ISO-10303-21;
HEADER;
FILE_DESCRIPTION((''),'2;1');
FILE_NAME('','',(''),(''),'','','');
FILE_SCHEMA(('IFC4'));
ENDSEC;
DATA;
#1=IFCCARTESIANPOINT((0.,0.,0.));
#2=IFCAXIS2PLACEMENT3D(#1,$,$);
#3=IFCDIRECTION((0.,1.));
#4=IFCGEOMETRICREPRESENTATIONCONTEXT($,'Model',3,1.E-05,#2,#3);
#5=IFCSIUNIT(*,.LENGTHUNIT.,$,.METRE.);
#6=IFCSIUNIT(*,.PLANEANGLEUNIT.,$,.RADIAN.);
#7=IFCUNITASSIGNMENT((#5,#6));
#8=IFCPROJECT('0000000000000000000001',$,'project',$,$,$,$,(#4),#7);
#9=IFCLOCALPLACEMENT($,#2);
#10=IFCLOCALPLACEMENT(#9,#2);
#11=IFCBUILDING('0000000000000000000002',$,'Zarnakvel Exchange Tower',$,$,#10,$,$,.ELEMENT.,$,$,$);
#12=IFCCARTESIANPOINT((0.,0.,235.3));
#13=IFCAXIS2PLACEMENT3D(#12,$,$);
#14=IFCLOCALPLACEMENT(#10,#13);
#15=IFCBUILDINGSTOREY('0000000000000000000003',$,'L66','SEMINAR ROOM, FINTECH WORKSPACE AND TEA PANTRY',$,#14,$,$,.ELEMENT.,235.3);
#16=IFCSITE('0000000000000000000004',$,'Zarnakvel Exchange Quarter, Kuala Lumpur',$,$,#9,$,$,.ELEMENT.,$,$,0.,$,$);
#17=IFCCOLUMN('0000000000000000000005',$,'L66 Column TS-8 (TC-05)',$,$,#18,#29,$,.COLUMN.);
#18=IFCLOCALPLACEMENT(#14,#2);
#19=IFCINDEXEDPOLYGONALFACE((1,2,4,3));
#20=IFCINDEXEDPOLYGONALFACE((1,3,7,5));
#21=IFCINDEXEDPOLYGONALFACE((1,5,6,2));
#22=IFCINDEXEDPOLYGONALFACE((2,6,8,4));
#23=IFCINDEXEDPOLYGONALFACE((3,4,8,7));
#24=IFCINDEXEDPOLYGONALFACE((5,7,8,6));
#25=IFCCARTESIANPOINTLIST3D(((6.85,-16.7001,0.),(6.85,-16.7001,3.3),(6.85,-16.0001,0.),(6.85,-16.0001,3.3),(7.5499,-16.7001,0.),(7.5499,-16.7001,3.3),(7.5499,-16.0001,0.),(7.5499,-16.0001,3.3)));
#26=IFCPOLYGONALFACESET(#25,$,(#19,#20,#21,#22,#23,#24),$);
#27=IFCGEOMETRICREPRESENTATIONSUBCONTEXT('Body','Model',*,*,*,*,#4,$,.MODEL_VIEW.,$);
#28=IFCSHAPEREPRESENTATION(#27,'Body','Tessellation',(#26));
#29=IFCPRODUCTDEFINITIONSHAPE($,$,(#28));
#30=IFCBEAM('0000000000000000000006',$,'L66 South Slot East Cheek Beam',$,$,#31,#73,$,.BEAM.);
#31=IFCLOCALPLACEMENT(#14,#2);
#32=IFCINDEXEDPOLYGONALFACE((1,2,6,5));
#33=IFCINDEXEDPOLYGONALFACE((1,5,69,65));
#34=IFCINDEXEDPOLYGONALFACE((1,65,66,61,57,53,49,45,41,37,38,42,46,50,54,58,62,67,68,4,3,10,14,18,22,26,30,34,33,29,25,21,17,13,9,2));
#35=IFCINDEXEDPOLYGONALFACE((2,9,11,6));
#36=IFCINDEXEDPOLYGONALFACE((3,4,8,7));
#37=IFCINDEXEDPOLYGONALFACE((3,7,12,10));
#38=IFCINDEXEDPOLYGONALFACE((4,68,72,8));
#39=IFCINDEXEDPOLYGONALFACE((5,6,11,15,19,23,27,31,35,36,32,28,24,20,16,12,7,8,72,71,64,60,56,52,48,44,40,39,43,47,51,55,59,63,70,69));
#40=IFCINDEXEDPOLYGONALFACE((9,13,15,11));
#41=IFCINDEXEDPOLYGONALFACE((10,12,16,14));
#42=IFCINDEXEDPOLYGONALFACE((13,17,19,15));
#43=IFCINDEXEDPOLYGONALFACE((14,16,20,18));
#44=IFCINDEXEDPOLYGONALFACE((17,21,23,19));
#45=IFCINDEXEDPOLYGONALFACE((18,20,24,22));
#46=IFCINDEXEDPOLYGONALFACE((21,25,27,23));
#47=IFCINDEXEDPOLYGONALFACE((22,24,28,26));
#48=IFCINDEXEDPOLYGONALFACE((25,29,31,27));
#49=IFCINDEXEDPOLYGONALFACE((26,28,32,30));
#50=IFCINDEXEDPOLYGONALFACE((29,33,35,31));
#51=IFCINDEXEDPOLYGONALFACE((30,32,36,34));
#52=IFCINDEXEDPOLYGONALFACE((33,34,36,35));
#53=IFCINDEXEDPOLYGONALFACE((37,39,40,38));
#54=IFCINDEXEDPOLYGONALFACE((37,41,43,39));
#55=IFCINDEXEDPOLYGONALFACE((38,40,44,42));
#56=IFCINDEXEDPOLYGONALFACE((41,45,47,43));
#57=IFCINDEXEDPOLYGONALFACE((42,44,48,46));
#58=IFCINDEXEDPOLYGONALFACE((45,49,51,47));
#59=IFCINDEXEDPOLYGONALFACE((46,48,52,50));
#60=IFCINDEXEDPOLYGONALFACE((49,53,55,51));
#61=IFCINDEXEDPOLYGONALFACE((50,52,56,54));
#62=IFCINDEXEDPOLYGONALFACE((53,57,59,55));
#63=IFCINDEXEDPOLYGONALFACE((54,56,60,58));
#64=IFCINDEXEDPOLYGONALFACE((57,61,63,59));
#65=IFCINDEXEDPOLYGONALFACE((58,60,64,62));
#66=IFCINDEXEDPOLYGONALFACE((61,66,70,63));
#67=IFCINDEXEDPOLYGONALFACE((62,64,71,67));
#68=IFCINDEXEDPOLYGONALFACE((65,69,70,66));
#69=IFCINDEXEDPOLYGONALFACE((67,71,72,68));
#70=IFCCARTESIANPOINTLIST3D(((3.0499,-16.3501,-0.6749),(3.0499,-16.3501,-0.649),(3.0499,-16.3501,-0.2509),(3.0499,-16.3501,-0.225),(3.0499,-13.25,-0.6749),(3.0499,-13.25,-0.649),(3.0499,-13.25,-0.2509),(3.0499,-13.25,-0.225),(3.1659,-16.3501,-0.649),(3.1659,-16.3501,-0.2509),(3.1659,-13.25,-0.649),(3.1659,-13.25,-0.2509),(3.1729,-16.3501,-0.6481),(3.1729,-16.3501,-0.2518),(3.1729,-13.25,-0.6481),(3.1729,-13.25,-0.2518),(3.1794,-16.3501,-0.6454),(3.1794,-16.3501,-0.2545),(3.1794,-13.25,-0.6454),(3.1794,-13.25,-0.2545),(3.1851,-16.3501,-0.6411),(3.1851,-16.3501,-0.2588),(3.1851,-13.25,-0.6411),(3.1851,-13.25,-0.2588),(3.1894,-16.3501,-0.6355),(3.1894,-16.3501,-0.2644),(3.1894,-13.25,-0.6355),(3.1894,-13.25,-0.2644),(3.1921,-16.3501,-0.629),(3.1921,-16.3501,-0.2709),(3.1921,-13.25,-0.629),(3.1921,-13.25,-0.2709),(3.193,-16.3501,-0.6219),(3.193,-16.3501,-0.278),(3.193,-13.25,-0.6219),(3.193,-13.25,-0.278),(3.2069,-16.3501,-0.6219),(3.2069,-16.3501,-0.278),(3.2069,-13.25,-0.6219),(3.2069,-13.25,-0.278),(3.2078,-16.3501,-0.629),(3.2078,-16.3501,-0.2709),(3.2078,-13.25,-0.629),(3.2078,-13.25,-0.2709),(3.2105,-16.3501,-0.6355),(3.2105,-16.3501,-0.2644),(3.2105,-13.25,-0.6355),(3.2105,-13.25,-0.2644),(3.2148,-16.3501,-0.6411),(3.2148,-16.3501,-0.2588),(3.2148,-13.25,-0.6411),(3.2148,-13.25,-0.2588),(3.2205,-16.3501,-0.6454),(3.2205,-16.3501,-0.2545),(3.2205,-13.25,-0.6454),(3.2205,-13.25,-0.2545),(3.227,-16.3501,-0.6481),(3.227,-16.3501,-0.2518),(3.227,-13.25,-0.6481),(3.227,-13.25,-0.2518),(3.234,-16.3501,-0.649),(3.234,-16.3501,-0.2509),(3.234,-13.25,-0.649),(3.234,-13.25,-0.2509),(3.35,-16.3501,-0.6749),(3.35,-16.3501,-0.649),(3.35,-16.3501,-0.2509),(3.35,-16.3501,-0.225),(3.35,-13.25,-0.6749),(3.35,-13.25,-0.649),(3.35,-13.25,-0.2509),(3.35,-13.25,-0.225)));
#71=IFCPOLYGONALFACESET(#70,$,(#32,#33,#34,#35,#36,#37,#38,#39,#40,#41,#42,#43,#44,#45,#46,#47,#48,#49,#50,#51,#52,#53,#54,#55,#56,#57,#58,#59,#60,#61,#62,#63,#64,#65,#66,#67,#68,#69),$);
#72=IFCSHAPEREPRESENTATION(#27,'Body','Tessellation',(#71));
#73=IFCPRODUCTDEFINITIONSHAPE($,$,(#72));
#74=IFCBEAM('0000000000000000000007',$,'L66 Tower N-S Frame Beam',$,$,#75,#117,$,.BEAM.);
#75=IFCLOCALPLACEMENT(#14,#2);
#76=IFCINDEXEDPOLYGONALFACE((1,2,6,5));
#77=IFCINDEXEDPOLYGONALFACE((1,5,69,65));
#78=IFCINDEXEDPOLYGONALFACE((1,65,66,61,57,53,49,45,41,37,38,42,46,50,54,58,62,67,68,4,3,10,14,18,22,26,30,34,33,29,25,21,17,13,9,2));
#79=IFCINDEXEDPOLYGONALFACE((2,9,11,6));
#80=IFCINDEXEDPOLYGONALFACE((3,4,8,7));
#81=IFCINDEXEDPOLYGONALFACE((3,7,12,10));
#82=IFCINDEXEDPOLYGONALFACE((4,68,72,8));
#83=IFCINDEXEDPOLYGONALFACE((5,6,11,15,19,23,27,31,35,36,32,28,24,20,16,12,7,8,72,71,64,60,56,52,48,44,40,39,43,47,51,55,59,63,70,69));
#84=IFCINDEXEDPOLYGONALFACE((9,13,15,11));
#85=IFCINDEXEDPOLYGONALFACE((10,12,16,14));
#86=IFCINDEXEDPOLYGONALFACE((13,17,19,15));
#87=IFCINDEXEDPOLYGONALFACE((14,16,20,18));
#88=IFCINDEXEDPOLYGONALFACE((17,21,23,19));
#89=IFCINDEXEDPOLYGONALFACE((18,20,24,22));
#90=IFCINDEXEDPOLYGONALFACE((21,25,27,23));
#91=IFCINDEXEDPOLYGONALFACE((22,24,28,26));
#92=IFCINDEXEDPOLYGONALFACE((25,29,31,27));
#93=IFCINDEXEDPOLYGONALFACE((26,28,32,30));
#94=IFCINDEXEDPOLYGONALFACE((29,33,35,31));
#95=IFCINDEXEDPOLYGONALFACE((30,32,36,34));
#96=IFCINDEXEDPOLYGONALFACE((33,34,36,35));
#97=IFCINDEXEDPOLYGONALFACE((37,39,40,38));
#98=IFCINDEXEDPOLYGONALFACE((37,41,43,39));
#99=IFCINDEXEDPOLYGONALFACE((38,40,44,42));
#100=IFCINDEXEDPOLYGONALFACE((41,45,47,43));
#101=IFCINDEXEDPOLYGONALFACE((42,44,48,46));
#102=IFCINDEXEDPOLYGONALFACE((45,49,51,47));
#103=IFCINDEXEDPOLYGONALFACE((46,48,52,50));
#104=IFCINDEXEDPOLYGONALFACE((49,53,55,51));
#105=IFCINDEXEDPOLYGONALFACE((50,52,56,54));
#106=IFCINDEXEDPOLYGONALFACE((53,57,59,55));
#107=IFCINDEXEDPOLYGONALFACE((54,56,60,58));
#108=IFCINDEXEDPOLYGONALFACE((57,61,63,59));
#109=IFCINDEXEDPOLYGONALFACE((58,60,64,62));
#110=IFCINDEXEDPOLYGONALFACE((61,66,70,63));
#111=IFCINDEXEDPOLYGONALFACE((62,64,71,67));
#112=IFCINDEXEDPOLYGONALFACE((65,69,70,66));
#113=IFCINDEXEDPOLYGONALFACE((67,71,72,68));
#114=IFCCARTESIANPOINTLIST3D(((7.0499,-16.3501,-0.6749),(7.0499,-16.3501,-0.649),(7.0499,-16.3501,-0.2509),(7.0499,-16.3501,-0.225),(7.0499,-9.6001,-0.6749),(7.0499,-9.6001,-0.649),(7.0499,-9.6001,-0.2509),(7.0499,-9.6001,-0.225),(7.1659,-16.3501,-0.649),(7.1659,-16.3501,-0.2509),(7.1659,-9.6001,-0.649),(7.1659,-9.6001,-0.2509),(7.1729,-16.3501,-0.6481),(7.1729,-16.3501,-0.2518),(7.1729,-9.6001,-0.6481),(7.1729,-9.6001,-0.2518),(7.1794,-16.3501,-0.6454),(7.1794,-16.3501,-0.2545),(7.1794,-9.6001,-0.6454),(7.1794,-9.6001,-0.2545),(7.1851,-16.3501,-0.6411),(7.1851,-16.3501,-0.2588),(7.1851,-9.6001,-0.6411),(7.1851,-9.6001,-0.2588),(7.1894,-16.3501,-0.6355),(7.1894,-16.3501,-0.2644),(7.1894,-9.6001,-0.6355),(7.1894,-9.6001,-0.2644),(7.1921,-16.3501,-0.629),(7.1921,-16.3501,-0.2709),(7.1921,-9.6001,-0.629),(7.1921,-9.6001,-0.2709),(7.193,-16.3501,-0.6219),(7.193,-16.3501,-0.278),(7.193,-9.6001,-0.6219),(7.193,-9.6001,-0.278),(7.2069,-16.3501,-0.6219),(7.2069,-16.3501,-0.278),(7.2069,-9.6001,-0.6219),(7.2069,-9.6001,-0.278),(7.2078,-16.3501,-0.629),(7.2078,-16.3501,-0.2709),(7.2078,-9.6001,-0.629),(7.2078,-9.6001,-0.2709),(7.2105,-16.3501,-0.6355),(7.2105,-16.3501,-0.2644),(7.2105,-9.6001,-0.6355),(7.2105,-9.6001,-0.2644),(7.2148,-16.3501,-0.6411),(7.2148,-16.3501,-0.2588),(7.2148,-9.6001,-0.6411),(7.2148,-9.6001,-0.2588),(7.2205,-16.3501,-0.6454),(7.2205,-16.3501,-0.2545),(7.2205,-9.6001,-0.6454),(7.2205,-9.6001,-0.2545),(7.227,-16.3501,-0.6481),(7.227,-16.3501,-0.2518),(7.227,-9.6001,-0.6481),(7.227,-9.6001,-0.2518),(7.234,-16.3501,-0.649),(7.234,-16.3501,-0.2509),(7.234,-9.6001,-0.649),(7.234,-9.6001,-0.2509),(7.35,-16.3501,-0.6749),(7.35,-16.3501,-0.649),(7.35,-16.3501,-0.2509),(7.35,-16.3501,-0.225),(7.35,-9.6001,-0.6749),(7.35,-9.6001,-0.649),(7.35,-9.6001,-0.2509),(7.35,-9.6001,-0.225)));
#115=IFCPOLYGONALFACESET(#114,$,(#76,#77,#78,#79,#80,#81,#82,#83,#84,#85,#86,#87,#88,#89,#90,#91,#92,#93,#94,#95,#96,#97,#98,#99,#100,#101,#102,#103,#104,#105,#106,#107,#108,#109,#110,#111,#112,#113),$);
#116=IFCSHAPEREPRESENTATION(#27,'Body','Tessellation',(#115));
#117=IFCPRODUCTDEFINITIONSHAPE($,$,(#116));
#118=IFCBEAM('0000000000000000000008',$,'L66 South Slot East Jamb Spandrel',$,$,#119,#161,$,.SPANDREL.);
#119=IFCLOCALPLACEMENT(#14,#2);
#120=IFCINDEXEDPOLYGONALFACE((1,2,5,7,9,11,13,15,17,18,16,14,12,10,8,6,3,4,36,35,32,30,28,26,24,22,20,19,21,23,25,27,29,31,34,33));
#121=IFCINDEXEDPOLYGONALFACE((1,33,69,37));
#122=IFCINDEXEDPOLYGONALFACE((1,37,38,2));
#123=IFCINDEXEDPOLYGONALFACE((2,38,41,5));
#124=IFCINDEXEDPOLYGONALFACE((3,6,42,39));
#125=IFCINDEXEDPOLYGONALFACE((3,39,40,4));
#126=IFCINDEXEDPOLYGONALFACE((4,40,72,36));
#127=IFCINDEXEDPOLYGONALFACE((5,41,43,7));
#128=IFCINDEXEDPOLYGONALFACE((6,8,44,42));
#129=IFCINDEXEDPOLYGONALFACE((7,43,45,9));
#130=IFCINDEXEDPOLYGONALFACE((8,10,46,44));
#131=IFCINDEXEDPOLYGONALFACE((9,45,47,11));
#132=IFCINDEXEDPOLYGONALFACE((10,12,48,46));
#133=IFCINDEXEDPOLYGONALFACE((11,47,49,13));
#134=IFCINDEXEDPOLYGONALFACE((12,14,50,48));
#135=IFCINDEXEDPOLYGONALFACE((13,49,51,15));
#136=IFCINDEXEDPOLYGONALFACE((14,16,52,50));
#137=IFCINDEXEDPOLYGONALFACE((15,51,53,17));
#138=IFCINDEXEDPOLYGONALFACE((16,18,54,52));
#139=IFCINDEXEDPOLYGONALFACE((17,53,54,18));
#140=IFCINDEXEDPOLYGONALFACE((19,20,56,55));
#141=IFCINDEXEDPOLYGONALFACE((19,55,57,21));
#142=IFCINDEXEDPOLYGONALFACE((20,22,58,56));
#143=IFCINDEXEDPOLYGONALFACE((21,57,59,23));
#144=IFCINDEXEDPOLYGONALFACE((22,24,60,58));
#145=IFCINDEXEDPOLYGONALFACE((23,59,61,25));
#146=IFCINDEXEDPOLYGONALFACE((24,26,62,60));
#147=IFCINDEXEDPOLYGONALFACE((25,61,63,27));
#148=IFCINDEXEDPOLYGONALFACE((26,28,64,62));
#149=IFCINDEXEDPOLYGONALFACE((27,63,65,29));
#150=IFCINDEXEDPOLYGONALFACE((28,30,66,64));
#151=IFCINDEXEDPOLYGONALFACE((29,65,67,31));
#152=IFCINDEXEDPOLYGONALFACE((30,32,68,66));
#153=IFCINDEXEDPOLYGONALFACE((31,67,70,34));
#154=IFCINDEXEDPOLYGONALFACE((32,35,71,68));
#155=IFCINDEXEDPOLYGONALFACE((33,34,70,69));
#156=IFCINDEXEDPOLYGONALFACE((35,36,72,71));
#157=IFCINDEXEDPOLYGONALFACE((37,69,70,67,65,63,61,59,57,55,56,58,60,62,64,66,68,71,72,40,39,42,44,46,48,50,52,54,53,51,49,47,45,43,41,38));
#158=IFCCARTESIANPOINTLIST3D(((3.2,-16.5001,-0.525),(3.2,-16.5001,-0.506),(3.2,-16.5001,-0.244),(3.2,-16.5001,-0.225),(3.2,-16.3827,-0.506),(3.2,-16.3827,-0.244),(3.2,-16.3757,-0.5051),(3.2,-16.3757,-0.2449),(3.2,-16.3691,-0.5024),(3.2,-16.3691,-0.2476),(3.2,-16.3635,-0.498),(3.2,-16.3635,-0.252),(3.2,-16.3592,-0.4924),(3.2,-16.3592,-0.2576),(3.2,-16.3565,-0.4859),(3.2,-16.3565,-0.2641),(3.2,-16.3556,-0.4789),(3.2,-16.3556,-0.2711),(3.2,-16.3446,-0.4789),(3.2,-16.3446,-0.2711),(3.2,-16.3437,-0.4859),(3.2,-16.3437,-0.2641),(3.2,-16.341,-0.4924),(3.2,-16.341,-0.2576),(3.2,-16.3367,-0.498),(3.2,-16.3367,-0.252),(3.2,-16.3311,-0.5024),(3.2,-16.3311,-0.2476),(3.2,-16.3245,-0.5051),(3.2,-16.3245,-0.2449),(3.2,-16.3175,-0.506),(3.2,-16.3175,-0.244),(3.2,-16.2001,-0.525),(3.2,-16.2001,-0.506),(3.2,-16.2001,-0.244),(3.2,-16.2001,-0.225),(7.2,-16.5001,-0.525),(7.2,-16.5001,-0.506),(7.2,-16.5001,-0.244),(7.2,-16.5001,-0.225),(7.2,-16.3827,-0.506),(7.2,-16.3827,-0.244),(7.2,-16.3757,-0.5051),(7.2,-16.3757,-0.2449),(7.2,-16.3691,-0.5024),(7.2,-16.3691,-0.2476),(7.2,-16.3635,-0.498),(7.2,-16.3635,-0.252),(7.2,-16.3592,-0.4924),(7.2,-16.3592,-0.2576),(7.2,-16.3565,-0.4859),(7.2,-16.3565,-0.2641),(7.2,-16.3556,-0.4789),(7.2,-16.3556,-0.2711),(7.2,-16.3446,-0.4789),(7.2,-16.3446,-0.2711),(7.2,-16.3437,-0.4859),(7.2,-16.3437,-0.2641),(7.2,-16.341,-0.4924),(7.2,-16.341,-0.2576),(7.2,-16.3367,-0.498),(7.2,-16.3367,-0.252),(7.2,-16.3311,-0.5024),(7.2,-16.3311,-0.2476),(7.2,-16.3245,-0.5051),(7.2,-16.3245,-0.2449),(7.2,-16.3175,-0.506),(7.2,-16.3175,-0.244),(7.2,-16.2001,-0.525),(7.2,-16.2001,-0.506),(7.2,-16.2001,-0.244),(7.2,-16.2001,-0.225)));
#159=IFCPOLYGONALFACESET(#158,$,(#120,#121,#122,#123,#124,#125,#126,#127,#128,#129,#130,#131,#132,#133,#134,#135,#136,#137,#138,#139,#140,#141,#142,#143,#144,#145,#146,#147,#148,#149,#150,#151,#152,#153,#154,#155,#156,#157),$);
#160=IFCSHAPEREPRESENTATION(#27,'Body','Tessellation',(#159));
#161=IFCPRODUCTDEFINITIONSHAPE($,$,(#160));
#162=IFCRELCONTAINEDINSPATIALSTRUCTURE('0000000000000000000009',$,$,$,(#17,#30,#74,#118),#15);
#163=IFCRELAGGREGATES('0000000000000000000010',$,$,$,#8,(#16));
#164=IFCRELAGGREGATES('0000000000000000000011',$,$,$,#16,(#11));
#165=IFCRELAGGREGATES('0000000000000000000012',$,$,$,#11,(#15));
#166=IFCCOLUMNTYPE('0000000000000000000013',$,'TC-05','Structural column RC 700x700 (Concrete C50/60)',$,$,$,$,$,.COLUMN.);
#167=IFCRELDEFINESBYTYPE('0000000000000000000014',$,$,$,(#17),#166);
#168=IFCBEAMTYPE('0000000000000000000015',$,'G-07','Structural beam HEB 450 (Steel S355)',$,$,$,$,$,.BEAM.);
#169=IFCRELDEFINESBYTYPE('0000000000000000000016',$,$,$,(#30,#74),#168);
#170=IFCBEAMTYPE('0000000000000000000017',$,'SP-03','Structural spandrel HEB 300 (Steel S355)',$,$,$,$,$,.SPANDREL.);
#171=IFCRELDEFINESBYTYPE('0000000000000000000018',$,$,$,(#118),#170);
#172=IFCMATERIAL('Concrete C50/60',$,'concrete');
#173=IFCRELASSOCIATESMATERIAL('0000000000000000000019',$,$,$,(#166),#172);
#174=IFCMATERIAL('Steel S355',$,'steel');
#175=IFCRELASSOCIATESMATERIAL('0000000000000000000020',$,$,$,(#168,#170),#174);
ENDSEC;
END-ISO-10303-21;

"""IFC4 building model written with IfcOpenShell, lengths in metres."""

from ifc_helpers import new_model, si_unit, direction, frame, origin, origin_2d, place, context, subcontext, project, spatial, rectangle, i_section, extrude, material, material_profile, profile_set, type_object, element, save


model = new_model("IFC4")

# Units and contexts
model_context = context("Model", 3, precision=1e-05, world=origin(), true_north=direction((0.0, 1.0)))
body_context = subcontext(model_context, "Body", "Model", "MODEL_VIEW")
ifc_project = project(units=[si_unit("LENGTHUNIT", "METRE"), si_unit("PLANEANGLEUNIT", "RADIAN")], contexts=[model_context])

# Site, building, storey
site_placement = place(None, origin())
site = spatial("IfcSite", under=ifc_project, at=site_placement, Name="Zarnakvel Exchange Quarter, Kuala Lumpur", CompositionType="ELEMENT", RefElevation=0.0)
building_placement = place(site_placement, origin())
building = spatial("IfcBuilding", under=site, at=building_placement, Name="Zarnakvel Exchange Tower", CompositionType="ELEMENT")
storey_placement = place(building_placement, frame((0.0, 0.0, 235.3)))
storey = spatial("IfcBuildingStorey", under=building, at=storey_placement, Name="L66", Description="SEMINAR ROOM, FINTECH WORKSPACE AND TEA PANTRY", CompositionType="ELEMENT", Elevation=235.3)

# Column
ifc_material_1 = material(Name="Concrete C50/60", Category="concrete")
ifc_material_profile_1 = material_profile(ifc_material_1, rectangle(XDim=0.7, YDim=0.7, at=origin_2d()))
ifc_profile_set_1 = profile_set([ifc_material_profile_1], Name="Concrete C50/60")
column_type = type_object("IfcColumnType", Name="TC-05", Description="Structural column RC 700x700 (Concrete C50/60)", PredefinedType="COLUMN", material=ifc_profile_set_1)
column_placement = place(storey_placement, frame((7.2, -16.3501, 0.0), z_axis=(0.0, 0.0, 1.0), x_axis=(1.0, 0.0, 0.0)))
element("IfcColumn", 1, at=column_placement, inside=storey, type_object=column_type, Name="L66 Column TS-8 (TC-05)", PredefinedType="COLUMN", context=body_context, shape_type="SweptSolid", body=[
    extrude(rectangle(XDim=0.7, YDim=0.7, at=origin_2d()), origin(), (0.0, 0.0, 1.0), 3.3),
])

# Beams
ifc_material_2 = material(Name="Steel S355", Category="steel")
ifc_material_profile_2 = material_profile(ifc_material_2, i_section(OverallWidth=0.3, OverallDepth=0.45, WebThickness=0.0139, FlangeThickness=0.0259, FilletRadius=0.0271, at=origin_2d()))
ifc_profile_set_2 = profile_set([ifc_material_profile_2], Name="Steel S355")
beam_type_1 = type_object("IfcBeamType", Name="G-07", Description="Structural beam HEB 450 (Steel S355)", PredefinedType="BEAM", material=ifc_profile_set_2)
beam_1_placement = place(storey_placement, frame((3.2, -16.3501, -0.45), z_axis=(0.0, 1.0, 0.0), x_axis=(-1.0, 0.0, 0.0)))
element("IfcBeam", 2, at=beam_1_placement, inside=storey, type_object=beam_type_1, Name="L66 South Slot East Cheek Beam", PredefinedType="BEAM", context=body_context, shape_type="SweptSolid", body=[
    extrude(i_section(OverallWidth=0.3, OverallDepth=0.45, WebThickness=0.0139, FlangeThickness=0.0259, FilletRadius=0.0271, at=origin_2d()), origin(), (0.0, 0.0, 1.0), 3.1001),
])
beam_2_placement = place(storey_placement, frame((7.2, -16.3501, -0.45), z_axis=(0.0, 1.0, 0.0), x_axis=(-1.0, 0.0, 0.0)))
element("IfcBeam", 3, at=beam_2_placement, inside=storey, type_object=beam_type_1, Name="L66 Tower N-S Frame Beam", PredefinedType="BEAM", context=body_context, shape_type="SweptSolid", body=[
    extrude(i_section(OverallWidth=0.3, OverallDepth=0.45, WebThickness=0.0139, FlangeThickness=0.0259, FilletRadius=0.0271, at=origin_2d()), origin(), (0.0, 0.0, 1.0), 6.75),
])
ifc_material_profile_3 = material_profile(ifc_material_2, i_section(OverallWidth=0.3, OverallDepth=0.3, WebThickness=0.011, FlangeThickness=0.019, FilletRadius=0.0271, at=origin_2d()))
ifc_profile_set_3 = profile_set([ifc_material_profile_3], Name="Steel S355")
beam_type_2 = type_object("IfcBeamType", Name="SP-03", Description="Structural spandrel HEB 300 (Steel S355)", PredefinedType="SPANDREL", material=ifc_profile_set_3)
beam_3_placement = place(storey_placement, frame((3.2, -16.3501, -0.375), z_axis=(1.0, 0.0, 0.0), x_axis=(0.0, 1.0, 0.0)))
element("IfcBeam", 4, at=beam_3_placement, inside=storey, type_object=beam_type_2, Name="L66 South Slot East Jamb Spandrel", PredefinedType="SPANDREL", context=body_context, shape_type="SweptSolid", body=[
    extrude(i_section(OverallWidth=0.3, OverallDepth=0.3, WebThickness=0.011, FlangeThickness=0.019, FilletRadius=0.0271, at=origin_2d()), origin(), (0.0, 0.0, 1.0), 4.0),
])

save(model, "model.ifc")
